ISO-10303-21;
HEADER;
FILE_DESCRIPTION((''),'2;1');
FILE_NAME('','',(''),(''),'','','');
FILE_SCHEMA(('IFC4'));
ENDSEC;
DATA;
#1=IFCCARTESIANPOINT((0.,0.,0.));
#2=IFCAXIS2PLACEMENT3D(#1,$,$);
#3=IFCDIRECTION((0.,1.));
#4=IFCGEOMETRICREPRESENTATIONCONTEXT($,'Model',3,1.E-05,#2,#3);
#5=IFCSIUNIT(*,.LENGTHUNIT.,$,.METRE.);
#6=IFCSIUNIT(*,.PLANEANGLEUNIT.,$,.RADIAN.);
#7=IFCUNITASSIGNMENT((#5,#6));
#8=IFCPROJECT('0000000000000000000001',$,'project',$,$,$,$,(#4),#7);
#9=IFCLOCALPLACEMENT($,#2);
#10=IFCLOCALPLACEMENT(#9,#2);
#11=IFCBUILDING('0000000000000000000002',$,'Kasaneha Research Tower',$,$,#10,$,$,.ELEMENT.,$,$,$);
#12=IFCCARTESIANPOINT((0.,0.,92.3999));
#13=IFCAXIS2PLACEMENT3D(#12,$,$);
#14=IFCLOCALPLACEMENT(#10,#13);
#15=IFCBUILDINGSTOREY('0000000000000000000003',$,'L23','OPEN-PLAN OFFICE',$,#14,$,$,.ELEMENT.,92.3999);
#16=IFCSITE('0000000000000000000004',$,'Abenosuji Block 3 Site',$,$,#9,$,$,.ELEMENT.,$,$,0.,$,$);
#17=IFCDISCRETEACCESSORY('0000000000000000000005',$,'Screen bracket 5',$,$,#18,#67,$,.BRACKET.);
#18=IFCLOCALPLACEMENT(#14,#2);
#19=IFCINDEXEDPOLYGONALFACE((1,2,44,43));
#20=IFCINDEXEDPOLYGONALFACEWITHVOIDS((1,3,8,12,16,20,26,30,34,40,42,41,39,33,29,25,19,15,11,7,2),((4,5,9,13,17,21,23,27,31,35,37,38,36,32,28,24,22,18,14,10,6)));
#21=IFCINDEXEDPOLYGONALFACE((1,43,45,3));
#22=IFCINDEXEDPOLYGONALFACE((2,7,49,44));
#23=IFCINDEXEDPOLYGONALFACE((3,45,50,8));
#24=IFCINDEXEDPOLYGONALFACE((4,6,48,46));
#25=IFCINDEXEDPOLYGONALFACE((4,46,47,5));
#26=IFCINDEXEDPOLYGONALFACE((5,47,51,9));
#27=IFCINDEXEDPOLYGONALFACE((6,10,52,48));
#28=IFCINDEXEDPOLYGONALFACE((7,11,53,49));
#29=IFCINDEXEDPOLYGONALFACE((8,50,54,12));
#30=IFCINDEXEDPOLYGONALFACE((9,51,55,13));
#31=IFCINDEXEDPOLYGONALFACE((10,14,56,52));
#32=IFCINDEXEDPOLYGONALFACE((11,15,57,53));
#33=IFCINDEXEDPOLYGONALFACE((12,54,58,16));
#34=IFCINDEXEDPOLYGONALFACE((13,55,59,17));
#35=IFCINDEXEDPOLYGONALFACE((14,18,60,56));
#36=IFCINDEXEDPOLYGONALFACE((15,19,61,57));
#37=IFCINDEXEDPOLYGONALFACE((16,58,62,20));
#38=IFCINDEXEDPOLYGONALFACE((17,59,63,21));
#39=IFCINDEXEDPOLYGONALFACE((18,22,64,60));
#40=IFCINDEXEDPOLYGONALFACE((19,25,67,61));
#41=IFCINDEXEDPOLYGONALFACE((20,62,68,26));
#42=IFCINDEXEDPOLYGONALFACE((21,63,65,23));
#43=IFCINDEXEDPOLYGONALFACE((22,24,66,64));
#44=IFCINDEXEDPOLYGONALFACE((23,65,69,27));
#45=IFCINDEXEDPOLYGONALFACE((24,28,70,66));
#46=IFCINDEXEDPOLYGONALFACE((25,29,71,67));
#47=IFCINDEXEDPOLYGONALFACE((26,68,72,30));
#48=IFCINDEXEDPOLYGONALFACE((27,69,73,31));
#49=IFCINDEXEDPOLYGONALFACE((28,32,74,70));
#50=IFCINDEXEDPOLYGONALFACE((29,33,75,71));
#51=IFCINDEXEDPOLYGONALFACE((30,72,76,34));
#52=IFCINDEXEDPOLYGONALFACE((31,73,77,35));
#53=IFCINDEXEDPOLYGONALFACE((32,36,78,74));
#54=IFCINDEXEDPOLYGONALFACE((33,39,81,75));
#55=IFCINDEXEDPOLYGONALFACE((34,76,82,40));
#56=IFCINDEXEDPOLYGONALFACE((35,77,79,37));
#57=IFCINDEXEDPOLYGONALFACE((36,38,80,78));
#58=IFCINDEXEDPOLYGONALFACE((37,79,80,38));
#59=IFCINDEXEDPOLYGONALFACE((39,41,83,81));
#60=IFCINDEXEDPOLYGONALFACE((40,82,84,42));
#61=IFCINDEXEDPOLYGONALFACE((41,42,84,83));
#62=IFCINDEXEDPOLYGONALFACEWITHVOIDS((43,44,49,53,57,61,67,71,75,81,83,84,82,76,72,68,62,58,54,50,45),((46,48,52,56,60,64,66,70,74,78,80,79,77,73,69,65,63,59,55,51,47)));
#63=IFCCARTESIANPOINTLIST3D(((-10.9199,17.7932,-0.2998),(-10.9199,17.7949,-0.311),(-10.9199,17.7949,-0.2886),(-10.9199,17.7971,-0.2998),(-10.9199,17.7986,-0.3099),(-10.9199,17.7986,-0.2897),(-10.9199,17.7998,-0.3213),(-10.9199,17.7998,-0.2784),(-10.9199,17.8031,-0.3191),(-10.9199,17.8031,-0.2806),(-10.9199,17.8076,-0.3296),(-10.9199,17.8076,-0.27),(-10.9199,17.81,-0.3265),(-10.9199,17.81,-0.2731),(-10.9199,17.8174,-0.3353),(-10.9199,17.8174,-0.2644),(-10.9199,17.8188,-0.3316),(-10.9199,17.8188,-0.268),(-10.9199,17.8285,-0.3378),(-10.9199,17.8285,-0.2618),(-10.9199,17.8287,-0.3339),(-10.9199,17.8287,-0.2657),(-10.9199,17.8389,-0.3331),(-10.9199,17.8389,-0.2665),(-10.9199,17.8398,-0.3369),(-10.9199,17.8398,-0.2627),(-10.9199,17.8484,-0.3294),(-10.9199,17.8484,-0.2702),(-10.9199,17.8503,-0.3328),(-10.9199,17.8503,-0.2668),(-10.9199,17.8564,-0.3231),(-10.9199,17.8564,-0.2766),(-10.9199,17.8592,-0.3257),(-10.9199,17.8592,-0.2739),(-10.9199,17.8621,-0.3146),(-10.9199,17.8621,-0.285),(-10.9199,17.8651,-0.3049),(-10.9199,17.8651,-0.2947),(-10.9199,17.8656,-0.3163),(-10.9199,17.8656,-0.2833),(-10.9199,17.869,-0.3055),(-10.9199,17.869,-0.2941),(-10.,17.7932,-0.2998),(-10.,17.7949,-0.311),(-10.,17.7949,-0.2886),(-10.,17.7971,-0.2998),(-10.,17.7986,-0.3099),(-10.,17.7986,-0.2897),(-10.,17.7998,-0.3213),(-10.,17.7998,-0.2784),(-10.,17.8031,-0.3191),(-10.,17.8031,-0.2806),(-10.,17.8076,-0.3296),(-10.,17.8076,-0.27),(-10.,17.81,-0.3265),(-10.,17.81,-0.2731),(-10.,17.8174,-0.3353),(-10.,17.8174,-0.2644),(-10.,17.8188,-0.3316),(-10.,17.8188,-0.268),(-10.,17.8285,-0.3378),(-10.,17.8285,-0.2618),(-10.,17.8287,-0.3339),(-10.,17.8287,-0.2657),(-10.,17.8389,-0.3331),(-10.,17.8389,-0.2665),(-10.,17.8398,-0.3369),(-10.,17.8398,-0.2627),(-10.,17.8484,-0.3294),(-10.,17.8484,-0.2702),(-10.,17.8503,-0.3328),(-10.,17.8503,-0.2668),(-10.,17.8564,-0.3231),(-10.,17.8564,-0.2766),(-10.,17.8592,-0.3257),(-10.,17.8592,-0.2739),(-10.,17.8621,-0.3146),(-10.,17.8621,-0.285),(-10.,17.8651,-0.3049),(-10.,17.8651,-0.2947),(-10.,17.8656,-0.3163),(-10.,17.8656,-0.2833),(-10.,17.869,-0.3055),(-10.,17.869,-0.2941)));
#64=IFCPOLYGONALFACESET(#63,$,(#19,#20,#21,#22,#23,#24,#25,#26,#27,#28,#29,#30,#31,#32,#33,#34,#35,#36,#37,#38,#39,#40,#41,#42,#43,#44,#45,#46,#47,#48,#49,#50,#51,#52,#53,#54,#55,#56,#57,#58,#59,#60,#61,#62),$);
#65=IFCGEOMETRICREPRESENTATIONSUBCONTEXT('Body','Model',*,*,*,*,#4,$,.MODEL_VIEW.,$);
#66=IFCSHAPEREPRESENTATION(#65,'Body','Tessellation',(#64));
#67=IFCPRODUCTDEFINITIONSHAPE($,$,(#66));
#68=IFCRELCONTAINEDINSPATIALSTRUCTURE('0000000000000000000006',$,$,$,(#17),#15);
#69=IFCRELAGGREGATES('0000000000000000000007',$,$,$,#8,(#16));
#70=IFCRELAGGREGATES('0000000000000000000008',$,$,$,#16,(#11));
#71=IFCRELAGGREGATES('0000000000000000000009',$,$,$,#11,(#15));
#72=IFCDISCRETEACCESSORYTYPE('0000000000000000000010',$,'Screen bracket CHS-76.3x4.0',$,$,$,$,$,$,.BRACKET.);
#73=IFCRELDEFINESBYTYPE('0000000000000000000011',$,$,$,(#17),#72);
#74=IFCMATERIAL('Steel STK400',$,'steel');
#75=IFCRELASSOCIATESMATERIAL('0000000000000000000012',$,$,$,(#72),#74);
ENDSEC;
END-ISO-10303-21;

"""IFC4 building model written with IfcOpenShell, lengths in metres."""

from ifc_helpers import new_model, si_unit, direction, frame, origin, origin_2d, place, context, subcontext, project, spatial, hollow_circle, extrude, material, material_profile, profile_set, type_object, element, save


model = new_model("IFC4")

# Units and contexts
model_context = context("Model", 3, precision=1e-05, world=origin(), true_north=direction((0.0, 1.0)))
body_context = subcontext(model_context, "Body", "Model", "MODEL_VIEW")
ifc_project = project(units=[si_unit("LENGTHUNIT", "METRE"), si_unit("PLANEANGLEUNIT", "RADIAN")], contexts=[model_context])

# Site, building, storey
site_placement = place(None, origin())
site = spatial("IfcSite", under=ifc_project, at=site_placement, Name="Abenosuji Block 3 Site", CompositionType="ELEMENT", RefElevation=0.0)
building_placement = place(site_placement, origin())
building = spatial("IfcBuilding", under=site, at=building_placement, Name="Kasaneha Research Tower", CompositionType="ELEMENT")
storey_placement = place(building_placement, frame((0.0, 0.0, 92.3999)))
storey = spatial("IfcBuildingStorey", under=building, at=storey_placement, Name="L23", Description="OPEN-PLAN OFFICE", CompositionType="ELEMENT", Elevation=92.3999)

# Discrete accessory
ifc_material_1 = material(Name="Steel STK400", Category="steel")
ifc_material_profile_1 = material_profile(ifc_material_1, hollow_circle(Radius=0.0381, WallThickness=0.0039, at=origin_2d()), Name="CHS-76.3x4.0")
ifc_profile_set_1 = profile_set([ifc_material_profile_1], Name="Steel STK400")
discrete_accessory_type = type_object("IfcDiscreteAccessoryType", Name="Screen bracket CHS-76.3x4.0", PredefinedType="BRACKET", material=ifc_profile_set_1)
for number, where, z_axis, x_axis, name in (
    (1, (-10.0, 17.8313, -0.2998), (-1.0, 0.0, 0.0), (0.0, -1.0, 0.0), "Screen bracket 5"),
):
    element("IfcDiscreteAccessory", number, at=place(storey_placement, frame(where, z_axis=z_axis, x_axis=x_axis)), inside=storey, type_object=discrete_accessory_type, Name=name, PredefinedType="BRACKET", context=body_context, shape_type="SweptSolid", body=[
        extrude(hollow_circle(Radius=0.0381, WallThickness=0.0039, at=origin_2d()), origin(), (0.0, 0.0, 1.0), 0.9199),
    ])

save(model, "model.ifc")
